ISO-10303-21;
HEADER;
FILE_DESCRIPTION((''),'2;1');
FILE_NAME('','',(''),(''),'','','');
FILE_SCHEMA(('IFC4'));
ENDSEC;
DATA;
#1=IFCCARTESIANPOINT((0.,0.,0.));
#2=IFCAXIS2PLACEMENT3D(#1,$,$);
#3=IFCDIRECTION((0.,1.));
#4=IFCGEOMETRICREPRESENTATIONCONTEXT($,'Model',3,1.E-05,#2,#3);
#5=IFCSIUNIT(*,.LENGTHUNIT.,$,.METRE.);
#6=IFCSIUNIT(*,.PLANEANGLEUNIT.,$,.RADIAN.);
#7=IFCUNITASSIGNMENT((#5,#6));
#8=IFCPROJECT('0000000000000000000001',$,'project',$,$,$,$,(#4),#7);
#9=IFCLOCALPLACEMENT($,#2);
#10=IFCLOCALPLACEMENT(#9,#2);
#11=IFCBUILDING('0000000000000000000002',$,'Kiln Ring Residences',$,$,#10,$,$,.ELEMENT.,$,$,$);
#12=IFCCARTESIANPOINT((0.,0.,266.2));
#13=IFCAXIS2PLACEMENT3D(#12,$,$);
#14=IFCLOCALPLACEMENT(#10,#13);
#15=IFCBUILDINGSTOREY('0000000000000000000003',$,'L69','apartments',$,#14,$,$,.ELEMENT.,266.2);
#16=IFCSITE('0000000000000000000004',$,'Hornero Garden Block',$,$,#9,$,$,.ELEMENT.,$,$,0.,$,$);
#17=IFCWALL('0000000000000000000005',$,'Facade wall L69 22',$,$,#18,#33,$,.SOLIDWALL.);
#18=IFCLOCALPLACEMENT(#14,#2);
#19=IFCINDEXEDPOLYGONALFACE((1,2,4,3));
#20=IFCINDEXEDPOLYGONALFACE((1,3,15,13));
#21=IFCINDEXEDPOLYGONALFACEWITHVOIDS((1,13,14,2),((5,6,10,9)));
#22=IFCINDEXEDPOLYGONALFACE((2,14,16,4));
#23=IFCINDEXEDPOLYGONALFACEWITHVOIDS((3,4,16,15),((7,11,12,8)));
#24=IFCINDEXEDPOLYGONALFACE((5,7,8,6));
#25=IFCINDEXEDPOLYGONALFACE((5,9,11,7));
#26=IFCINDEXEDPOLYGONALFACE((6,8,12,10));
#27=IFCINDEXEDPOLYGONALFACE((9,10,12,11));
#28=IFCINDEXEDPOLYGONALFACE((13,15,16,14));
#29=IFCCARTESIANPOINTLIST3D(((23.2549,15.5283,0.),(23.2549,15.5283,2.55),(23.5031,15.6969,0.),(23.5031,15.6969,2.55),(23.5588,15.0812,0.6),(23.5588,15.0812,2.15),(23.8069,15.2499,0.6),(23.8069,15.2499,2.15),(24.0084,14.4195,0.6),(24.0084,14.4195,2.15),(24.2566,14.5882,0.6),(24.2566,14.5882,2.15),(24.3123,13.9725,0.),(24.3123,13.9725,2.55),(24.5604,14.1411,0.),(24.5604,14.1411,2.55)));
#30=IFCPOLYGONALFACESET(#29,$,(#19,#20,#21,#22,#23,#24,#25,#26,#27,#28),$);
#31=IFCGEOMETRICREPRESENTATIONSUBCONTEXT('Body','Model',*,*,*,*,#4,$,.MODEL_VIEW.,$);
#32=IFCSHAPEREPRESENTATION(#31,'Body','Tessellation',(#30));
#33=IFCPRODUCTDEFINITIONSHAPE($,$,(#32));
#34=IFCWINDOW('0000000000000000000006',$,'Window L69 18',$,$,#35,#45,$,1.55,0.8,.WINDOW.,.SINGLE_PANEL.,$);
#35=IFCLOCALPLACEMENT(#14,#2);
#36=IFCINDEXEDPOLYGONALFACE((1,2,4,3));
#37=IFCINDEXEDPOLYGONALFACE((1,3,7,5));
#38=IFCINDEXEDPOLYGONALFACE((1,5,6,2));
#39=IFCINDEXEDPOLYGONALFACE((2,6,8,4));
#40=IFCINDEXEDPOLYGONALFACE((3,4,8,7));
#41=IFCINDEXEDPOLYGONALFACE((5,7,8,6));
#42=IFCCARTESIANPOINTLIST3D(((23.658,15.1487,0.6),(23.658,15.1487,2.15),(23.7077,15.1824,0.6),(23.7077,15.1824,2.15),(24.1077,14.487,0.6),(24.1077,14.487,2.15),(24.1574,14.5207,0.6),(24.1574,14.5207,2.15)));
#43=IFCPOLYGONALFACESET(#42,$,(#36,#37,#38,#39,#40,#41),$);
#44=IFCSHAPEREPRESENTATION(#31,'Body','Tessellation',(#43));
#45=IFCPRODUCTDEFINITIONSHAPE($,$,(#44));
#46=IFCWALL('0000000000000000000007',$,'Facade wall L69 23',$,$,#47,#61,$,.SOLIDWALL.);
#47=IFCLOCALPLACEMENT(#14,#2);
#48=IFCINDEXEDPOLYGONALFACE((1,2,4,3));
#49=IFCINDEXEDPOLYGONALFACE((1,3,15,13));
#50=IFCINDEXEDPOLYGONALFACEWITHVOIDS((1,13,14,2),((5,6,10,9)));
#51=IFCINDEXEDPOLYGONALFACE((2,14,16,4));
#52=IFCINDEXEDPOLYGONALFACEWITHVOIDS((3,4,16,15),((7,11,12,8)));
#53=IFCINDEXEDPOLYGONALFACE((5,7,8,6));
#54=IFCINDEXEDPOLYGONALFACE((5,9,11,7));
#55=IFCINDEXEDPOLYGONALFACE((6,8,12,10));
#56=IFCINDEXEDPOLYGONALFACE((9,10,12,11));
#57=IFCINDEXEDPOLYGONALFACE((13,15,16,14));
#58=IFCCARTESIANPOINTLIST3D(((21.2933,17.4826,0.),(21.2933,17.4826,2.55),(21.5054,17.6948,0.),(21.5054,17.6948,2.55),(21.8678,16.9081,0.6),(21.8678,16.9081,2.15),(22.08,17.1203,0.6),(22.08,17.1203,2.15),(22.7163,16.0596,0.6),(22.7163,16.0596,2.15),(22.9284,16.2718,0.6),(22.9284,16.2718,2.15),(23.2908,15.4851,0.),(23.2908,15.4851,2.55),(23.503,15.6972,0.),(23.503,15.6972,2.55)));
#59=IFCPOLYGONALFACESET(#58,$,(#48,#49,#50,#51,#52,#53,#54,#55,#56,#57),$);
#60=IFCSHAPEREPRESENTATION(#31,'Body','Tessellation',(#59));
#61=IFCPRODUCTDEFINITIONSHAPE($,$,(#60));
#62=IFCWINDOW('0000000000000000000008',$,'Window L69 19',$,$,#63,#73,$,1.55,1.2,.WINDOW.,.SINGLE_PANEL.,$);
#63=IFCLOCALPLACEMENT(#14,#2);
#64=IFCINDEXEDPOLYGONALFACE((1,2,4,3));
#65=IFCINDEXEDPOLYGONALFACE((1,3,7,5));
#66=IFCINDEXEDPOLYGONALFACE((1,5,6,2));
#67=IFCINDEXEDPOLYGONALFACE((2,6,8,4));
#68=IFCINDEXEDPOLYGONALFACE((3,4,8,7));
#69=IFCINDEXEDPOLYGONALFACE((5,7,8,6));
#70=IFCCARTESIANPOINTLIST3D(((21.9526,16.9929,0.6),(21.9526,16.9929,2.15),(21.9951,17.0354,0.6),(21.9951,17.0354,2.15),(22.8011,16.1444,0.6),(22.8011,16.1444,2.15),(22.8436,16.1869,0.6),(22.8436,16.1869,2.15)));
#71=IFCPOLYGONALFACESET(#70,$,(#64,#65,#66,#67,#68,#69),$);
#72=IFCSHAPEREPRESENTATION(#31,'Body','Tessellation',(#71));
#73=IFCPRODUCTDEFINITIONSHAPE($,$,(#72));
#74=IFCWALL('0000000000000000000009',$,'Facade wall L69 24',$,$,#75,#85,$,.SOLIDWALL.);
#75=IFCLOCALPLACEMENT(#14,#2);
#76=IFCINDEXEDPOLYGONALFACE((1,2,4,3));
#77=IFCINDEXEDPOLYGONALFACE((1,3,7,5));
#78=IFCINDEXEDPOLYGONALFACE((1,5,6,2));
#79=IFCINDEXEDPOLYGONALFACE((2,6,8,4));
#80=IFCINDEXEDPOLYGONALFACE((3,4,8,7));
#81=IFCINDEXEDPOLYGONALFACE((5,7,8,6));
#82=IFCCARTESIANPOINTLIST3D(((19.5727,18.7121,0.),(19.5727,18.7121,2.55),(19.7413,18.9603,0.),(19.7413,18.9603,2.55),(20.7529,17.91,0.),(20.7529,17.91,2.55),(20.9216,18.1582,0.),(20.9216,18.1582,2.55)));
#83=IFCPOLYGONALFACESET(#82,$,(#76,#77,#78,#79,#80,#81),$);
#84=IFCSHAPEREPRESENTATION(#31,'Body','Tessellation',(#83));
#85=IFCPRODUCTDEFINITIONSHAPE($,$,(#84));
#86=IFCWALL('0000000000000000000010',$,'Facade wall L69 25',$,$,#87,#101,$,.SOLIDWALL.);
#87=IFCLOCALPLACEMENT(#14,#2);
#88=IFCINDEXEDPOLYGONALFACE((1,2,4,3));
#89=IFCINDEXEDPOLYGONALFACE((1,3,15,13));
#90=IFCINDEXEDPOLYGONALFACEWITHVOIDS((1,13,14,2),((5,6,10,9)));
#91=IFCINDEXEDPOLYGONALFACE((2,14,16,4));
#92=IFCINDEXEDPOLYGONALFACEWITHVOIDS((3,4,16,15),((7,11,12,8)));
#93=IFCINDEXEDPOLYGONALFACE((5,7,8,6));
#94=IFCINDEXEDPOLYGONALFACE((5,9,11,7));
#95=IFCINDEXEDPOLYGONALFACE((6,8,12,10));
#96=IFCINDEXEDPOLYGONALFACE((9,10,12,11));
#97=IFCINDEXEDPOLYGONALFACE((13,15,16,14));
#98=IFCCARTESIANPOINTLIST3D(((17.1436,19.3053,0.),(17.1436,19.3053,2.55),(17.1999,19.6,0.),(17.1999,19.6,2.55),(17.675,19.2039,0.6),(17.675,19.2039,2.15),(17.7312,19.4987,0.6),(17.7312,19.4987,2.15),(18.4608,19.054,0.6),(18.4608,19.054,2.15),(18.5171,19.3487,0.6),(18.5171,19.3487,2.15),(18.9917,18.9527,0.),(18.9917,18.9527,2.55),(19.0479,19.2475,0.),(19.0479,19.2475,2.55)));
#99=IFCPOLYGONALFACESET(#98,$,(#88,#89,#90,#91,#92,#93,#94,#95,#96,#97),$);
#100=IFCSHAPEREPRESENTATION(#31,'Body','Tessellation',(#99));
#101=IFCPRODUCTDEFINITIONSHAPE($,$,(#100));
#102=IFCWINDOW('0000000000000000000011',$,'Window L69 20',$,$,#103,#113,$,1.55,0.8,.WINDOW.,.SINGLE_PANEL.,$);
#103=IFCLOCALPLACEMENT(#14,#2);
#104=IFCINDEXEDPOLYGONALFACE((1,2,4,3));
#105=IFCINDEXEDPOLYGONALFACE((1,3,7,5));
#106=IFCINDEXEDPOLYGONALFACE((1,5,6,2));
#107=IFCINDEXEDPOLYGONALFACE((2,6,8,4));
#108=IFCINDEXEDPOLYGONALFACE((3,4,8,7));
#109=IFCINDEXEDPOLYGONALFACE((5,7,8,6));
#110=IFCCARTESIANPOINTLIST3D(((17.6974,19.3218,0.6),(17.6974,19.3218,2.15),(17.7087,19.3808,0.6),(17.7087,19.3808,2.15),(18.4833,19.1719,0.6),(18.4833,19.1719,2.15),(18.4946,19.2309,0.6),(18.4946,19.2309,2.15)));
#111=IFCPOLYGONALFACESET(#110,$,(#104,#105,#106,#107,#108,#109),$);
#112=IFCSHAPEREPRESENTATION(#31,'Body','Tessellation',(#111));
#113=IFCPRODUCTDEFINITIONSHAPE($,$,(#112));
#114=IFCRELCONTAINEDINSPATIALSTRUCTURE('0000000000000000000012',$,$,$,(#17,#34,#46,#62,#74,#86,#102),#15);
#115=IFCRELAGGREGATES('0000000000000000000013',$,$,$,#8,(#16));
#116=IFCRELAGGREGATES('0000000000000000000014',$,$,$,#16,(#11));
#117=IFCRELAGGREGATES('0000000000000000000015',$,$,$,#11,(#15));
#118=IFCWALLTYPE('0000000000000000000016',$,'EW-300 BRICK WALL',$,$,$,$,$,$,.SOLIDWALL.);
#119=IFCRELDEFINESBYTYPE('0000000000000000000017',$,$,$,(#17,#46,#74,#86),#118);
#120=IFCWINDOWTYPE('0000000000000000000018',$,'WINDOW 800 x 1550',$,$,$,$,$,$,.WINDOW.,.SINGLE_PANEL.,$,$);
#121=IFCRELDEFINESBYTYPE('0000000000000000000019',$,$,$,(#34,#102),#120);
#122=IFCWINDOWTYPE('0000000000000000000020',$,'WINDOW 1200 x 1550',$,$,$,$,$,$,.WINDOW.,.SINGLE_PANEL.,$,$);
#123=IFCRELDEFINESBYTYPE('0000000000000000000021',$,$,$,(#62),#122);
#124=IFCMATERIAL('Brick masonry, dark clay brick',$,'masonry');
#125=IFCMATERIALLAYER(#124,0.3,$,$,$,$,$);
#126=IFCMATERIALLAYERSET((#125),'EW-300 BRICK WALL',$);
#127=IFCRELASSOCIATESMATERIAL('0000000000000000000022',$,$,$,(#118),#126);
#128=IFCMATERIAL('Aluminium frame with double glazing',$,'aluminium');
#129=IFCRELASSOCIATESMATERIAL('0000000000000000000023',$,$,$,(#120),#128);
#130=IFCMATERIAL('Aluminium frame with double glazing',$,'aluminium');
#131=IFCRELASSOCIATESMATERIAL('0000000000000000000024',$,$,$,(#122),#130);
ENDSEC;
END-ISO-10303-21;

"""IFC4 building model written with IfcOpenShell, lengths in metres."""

from ifc_helpers import new_model, si_unit, direction, frame, frame_2d, origin, place, context, subcontext, project, spatial, rectangle, extrude, material, layer, layer_set, type_object, element, fill, save


model = new_model("IFC4")

# Units and contexts
model_context = context("Model", 3, precision=1e-05, world=origin(), true_north=direction((0.0, 1.0)))
body_context = subcontext(model_context, "Body", "Model", "MODEL_VIEW")
ifc_project = project(units=[si_unit("LENGTHUNIT", "METRE"), si_unit("PLANEANGLEUNIT", "RADIAN")], contexts=[model_context])

# Site, building, storey
site_placement = place(None, origin())
site = spatial("IfcSite", under=ifc_project, at=site_placement, Name="Hornero Garden Block", CompositionType="ELEMENT", RefElevation=0.0)
building_placement = place(site_placement, origin())
building = spatial("IfcBuilding", under=site, at=building_placement, Name="Kiln Ring Residences", CompositionType="ELEMENT")
storey_placement = place(building_placement, frame((0.0, 0.0, 266.2)))
storey = spatial("IfcBuildingStorey", under=building, at=storey_placement, Name="L69", Description="apartments", CompositionType="ELEMENT", Elevation=266.2)

# Shared definitions
ifc_material_1 = material(Name="Brick masonry, dark clay brick", Category="masonry")
ifc_layer_1 = layer(ifc_material_1, 0.3)
ifc_layer_set_1 = layer_set([ifc_layer_1], Name="EW-300 BRICK WALL")
wall_type_1 = type_object("IfcWallType", Name="EW-300 BRICK WALL", PredefinedType="SOLIDWALL", material=ifc_layer_set_1)

# Walls, openings, windows
wall_1_placement = place(storey_placement, frame((24.4363, 14.0569, 0.0), z_axis=(0.0, 0.0, 1.0), x_axis=(-0.562076, 0.827086, 0.0)))
wall_1 = element("IfcWall", 1, at=wall_1_placement, inside=storey, type_object=wall_type_1, Name="Facade wall L69 22", PredefinedType="SOLIDWALL", context=body_context, shape_type="SweptSolid", body=[
    extrude(rectangle(XDim=1.8811, YDim=0.3, at=frame_2d((0.9404, 0.0))), origin(), (0.0, 0.0, 1.0), 2.55),
])
opening_1_placement = place(wall_1_placement, frame((0.5405, 0.0, 0.6001)))
opening_1 = element("IfcOpeningElement", 2, at=opening_1_placement, cuts=wall_1, PredefinedType="OPENING", context=body_context, shape_type="SweptSolid", body=[
    extrude(rectangle(XDim=0.8, YDim=1.55, at=frame_2d((0.3999, 0.7749))), frame((0.0, 0.1599, 0.0), z_axis=(0.0, -1.0, 0.0), x_axis=(1.0, 0.0, 0.0)), (0.0, 0.0, 1.0), 0.3201),
])
ifc_material_2 = material(Name="Aluminium frame with double glazing", Category="aluminium")
window_type_1 = type_object("IfcWindowType", Name="WINDOW 800 x 1550", PartitioningType="SINGLE_PANEL", PredefinedType="WINDOW", material=ifc_material_2)
window_1_placement = place(opening_1_placement, origin())
window_1 = element("IfcWindow", 3, at=window_1_placement, inside=storey, type_object=window_type_1, Name="Window L69 18", OverallHeight=1.55, OverallWidth=0.8, PartitioningType="SINGLE_PANEL", PredefinedType="WINDOW", context=body_context, shape_type="SweptSolid", body=[
    extrude(rectangle(XDim=0.8, YDim=1.55, at=frame_2d((0.3999, 0.7749))), frame((0.0, 0.03, 0.0), z_axis=(0.0, -1.0, 0.0), x_axis=(1.0, 0.0, 0.0)), (0.0, 0.0, 1.0), 0.0601),
])
fill(opening_1, window_1)
wall_2_placement = place(storey_placement, frame((23.397, 15.5911, 0.0), z_axis=(0.0, 0.0, 1.0), x_axis=(-0.707107, 0.707107, 0.0)))
wall_2 = element("IfcWall", 4, at=wall_2_placement, inside=storey, type_object=wall_type_1, Name="Facade wall L69 23", PredefinedType="SOLIDWALL", context=body_context, shape_type="SweptSolid", body=[
    extrude(rectangle(XDim=2.825, YDim=0.3, at=frame_2d((1.4126, 0.0))), origin(), (0.0, 0.0, 1.0), 2.55),
])
opening_2_placement = place(wall_2_placement, frame((0.8125, 0.0, 0.6001)))
opening_2 = element("IfcOpeningElement", 5, at=opening_2_placement, cuts=wall_2, PredefinedType="OPENING", context=body_context, shape_type="SweptSolid", body=[
    extrude(rectangle(XDim=1.2, YDim=1.55, at=frame_2d((0.6001, 0.7749))), frame((0.0, 0.1599, 0.0), z_axis=(0.0, -1.0, 0.0), x_axis=(1.0, 0.0, 0.0)), (0.0, 0.0, 1.0), 0.3201),
])
ifc_material_3 = material(Name="Aluminium frame with double glazing", Category="aluminium")
window_type_2 = type_object("IfcWindowType", Name="WINDOW 1200 x 1550", PartitioningType="SINGLE_PANEL", PredefinedType="WINDOW", material=ifc_material_3)
window_2_placement = place(opening_2_placement, origin())
window_2 = element("IfcWindow", 6, at=window_2_placement, inside=storey, type_object=window_type_2, Name="Window L69 19", OverallHeight=1.55, OverallWidth=1.2, PartitioningType="SINGLE_PANEL", PredefinedType="WINDOW", context=body_context, shape_type="SweptSolid", body=[
    extrude(rectangle(XDim=1.2, YDim=1.55, at=frame_2d((0.6001, 0.7749))), frame((0.0, 0.03, 0.0), z_axis=(0.0, -1.0, 0.0), x_axis=(1.0, 0.0, 0.0)), (0.0, 0.0, 1.0), 0.0601),
])
fill(opening_2, window_2)

# Wall
wall_3_placement = place(storey_placement, frame((20.8372, 18.0342, 0.0), z_axis=(0.0, 0.0, 1.0), x_axis=(-0.827095, 0.562062, 0.0)))
element("IfcWall", 7, at=wall_3_placement, inside=storey, type_object=wall_type_1, Name="Facade wall L69 24", PredefinedType="SOLIDWALL", context=body_context, shape_type="SweptSolid", body=[
    extrude(rectangle(XDim=1.427, YDim=0.3, at=frame_2d((0.7134, 0.0))), origin(), (0.0, 0.0, 1.0), 2.55),
])

# Wall, opening, window
wall_4_placement = place(storey_placement, frame((19.0198, 19.1001, 0.0), z_axis=(0.0, 0.0, 1.0), x_axis=(-0.982284, 0.187398, 0.0)))
wall_4 = element("IfcWall", 8, at=wall_4_placement, inside=storey, type_object=wall_type_1, Name="Facade wall L69 25", PredefinedType="SOLIDWALL", context=body_context, shape_type="SweptSolid", body=[
    extrude(rectangle(XDim=1.8813, YDim=0.3, at=frame_2d((0.9407, 0.0))), origin(), (0.0, 0.0, 1.0), 2.55),
])
opening_3_placement = place(wall_4_placement, frame((0.5405, 0.0, 0.6001)))
opening_3 = element("IfcOpeningElement", 9, at=opening_3_placement, cuts=wall_4, PredefinedType="OPENING", context=body_context, shape_type="SweptSolid", body=[
    extrude(rectangle(XDim=0.8, YDim=1.55, at=frame_2d((0.3999, 0.7749))), frame((0.0, 0.1599, 0.0), z_axis=(0.0, -1.0, 0.0), x_axis=(1.0, 0.0, 0.0)), (0.0, 0.0, 1.0), 0.3201),
])
window_3_placement = place(opening_3_placement, origin())
window_3 = element("IfcWindow", 10, at=window_3_placement, inside=storey, type_object=window_type_1, Name="Window L69 20", OverallHeight=1.55, OverallWidth=0.8, PartitioningType="SINGLE_PANEL", PredefinedType="WINDOW", context=body_context, shape_type="SweptSolid", body=[
    extrude(rectangle(XDim=0.8, YDim=1.55, at=frame_2d((0.3999, 0.7749))), frame((0.0, 0.03, 0.0), z_axis=(0.0, -1.0, 0.0), x_axis=(1.0, 0.0, 0.0)), (0.0, 0.0, 1.0), 0.0601),
])
fill(opening_3, window_3)

save(model, "model.ifc")
